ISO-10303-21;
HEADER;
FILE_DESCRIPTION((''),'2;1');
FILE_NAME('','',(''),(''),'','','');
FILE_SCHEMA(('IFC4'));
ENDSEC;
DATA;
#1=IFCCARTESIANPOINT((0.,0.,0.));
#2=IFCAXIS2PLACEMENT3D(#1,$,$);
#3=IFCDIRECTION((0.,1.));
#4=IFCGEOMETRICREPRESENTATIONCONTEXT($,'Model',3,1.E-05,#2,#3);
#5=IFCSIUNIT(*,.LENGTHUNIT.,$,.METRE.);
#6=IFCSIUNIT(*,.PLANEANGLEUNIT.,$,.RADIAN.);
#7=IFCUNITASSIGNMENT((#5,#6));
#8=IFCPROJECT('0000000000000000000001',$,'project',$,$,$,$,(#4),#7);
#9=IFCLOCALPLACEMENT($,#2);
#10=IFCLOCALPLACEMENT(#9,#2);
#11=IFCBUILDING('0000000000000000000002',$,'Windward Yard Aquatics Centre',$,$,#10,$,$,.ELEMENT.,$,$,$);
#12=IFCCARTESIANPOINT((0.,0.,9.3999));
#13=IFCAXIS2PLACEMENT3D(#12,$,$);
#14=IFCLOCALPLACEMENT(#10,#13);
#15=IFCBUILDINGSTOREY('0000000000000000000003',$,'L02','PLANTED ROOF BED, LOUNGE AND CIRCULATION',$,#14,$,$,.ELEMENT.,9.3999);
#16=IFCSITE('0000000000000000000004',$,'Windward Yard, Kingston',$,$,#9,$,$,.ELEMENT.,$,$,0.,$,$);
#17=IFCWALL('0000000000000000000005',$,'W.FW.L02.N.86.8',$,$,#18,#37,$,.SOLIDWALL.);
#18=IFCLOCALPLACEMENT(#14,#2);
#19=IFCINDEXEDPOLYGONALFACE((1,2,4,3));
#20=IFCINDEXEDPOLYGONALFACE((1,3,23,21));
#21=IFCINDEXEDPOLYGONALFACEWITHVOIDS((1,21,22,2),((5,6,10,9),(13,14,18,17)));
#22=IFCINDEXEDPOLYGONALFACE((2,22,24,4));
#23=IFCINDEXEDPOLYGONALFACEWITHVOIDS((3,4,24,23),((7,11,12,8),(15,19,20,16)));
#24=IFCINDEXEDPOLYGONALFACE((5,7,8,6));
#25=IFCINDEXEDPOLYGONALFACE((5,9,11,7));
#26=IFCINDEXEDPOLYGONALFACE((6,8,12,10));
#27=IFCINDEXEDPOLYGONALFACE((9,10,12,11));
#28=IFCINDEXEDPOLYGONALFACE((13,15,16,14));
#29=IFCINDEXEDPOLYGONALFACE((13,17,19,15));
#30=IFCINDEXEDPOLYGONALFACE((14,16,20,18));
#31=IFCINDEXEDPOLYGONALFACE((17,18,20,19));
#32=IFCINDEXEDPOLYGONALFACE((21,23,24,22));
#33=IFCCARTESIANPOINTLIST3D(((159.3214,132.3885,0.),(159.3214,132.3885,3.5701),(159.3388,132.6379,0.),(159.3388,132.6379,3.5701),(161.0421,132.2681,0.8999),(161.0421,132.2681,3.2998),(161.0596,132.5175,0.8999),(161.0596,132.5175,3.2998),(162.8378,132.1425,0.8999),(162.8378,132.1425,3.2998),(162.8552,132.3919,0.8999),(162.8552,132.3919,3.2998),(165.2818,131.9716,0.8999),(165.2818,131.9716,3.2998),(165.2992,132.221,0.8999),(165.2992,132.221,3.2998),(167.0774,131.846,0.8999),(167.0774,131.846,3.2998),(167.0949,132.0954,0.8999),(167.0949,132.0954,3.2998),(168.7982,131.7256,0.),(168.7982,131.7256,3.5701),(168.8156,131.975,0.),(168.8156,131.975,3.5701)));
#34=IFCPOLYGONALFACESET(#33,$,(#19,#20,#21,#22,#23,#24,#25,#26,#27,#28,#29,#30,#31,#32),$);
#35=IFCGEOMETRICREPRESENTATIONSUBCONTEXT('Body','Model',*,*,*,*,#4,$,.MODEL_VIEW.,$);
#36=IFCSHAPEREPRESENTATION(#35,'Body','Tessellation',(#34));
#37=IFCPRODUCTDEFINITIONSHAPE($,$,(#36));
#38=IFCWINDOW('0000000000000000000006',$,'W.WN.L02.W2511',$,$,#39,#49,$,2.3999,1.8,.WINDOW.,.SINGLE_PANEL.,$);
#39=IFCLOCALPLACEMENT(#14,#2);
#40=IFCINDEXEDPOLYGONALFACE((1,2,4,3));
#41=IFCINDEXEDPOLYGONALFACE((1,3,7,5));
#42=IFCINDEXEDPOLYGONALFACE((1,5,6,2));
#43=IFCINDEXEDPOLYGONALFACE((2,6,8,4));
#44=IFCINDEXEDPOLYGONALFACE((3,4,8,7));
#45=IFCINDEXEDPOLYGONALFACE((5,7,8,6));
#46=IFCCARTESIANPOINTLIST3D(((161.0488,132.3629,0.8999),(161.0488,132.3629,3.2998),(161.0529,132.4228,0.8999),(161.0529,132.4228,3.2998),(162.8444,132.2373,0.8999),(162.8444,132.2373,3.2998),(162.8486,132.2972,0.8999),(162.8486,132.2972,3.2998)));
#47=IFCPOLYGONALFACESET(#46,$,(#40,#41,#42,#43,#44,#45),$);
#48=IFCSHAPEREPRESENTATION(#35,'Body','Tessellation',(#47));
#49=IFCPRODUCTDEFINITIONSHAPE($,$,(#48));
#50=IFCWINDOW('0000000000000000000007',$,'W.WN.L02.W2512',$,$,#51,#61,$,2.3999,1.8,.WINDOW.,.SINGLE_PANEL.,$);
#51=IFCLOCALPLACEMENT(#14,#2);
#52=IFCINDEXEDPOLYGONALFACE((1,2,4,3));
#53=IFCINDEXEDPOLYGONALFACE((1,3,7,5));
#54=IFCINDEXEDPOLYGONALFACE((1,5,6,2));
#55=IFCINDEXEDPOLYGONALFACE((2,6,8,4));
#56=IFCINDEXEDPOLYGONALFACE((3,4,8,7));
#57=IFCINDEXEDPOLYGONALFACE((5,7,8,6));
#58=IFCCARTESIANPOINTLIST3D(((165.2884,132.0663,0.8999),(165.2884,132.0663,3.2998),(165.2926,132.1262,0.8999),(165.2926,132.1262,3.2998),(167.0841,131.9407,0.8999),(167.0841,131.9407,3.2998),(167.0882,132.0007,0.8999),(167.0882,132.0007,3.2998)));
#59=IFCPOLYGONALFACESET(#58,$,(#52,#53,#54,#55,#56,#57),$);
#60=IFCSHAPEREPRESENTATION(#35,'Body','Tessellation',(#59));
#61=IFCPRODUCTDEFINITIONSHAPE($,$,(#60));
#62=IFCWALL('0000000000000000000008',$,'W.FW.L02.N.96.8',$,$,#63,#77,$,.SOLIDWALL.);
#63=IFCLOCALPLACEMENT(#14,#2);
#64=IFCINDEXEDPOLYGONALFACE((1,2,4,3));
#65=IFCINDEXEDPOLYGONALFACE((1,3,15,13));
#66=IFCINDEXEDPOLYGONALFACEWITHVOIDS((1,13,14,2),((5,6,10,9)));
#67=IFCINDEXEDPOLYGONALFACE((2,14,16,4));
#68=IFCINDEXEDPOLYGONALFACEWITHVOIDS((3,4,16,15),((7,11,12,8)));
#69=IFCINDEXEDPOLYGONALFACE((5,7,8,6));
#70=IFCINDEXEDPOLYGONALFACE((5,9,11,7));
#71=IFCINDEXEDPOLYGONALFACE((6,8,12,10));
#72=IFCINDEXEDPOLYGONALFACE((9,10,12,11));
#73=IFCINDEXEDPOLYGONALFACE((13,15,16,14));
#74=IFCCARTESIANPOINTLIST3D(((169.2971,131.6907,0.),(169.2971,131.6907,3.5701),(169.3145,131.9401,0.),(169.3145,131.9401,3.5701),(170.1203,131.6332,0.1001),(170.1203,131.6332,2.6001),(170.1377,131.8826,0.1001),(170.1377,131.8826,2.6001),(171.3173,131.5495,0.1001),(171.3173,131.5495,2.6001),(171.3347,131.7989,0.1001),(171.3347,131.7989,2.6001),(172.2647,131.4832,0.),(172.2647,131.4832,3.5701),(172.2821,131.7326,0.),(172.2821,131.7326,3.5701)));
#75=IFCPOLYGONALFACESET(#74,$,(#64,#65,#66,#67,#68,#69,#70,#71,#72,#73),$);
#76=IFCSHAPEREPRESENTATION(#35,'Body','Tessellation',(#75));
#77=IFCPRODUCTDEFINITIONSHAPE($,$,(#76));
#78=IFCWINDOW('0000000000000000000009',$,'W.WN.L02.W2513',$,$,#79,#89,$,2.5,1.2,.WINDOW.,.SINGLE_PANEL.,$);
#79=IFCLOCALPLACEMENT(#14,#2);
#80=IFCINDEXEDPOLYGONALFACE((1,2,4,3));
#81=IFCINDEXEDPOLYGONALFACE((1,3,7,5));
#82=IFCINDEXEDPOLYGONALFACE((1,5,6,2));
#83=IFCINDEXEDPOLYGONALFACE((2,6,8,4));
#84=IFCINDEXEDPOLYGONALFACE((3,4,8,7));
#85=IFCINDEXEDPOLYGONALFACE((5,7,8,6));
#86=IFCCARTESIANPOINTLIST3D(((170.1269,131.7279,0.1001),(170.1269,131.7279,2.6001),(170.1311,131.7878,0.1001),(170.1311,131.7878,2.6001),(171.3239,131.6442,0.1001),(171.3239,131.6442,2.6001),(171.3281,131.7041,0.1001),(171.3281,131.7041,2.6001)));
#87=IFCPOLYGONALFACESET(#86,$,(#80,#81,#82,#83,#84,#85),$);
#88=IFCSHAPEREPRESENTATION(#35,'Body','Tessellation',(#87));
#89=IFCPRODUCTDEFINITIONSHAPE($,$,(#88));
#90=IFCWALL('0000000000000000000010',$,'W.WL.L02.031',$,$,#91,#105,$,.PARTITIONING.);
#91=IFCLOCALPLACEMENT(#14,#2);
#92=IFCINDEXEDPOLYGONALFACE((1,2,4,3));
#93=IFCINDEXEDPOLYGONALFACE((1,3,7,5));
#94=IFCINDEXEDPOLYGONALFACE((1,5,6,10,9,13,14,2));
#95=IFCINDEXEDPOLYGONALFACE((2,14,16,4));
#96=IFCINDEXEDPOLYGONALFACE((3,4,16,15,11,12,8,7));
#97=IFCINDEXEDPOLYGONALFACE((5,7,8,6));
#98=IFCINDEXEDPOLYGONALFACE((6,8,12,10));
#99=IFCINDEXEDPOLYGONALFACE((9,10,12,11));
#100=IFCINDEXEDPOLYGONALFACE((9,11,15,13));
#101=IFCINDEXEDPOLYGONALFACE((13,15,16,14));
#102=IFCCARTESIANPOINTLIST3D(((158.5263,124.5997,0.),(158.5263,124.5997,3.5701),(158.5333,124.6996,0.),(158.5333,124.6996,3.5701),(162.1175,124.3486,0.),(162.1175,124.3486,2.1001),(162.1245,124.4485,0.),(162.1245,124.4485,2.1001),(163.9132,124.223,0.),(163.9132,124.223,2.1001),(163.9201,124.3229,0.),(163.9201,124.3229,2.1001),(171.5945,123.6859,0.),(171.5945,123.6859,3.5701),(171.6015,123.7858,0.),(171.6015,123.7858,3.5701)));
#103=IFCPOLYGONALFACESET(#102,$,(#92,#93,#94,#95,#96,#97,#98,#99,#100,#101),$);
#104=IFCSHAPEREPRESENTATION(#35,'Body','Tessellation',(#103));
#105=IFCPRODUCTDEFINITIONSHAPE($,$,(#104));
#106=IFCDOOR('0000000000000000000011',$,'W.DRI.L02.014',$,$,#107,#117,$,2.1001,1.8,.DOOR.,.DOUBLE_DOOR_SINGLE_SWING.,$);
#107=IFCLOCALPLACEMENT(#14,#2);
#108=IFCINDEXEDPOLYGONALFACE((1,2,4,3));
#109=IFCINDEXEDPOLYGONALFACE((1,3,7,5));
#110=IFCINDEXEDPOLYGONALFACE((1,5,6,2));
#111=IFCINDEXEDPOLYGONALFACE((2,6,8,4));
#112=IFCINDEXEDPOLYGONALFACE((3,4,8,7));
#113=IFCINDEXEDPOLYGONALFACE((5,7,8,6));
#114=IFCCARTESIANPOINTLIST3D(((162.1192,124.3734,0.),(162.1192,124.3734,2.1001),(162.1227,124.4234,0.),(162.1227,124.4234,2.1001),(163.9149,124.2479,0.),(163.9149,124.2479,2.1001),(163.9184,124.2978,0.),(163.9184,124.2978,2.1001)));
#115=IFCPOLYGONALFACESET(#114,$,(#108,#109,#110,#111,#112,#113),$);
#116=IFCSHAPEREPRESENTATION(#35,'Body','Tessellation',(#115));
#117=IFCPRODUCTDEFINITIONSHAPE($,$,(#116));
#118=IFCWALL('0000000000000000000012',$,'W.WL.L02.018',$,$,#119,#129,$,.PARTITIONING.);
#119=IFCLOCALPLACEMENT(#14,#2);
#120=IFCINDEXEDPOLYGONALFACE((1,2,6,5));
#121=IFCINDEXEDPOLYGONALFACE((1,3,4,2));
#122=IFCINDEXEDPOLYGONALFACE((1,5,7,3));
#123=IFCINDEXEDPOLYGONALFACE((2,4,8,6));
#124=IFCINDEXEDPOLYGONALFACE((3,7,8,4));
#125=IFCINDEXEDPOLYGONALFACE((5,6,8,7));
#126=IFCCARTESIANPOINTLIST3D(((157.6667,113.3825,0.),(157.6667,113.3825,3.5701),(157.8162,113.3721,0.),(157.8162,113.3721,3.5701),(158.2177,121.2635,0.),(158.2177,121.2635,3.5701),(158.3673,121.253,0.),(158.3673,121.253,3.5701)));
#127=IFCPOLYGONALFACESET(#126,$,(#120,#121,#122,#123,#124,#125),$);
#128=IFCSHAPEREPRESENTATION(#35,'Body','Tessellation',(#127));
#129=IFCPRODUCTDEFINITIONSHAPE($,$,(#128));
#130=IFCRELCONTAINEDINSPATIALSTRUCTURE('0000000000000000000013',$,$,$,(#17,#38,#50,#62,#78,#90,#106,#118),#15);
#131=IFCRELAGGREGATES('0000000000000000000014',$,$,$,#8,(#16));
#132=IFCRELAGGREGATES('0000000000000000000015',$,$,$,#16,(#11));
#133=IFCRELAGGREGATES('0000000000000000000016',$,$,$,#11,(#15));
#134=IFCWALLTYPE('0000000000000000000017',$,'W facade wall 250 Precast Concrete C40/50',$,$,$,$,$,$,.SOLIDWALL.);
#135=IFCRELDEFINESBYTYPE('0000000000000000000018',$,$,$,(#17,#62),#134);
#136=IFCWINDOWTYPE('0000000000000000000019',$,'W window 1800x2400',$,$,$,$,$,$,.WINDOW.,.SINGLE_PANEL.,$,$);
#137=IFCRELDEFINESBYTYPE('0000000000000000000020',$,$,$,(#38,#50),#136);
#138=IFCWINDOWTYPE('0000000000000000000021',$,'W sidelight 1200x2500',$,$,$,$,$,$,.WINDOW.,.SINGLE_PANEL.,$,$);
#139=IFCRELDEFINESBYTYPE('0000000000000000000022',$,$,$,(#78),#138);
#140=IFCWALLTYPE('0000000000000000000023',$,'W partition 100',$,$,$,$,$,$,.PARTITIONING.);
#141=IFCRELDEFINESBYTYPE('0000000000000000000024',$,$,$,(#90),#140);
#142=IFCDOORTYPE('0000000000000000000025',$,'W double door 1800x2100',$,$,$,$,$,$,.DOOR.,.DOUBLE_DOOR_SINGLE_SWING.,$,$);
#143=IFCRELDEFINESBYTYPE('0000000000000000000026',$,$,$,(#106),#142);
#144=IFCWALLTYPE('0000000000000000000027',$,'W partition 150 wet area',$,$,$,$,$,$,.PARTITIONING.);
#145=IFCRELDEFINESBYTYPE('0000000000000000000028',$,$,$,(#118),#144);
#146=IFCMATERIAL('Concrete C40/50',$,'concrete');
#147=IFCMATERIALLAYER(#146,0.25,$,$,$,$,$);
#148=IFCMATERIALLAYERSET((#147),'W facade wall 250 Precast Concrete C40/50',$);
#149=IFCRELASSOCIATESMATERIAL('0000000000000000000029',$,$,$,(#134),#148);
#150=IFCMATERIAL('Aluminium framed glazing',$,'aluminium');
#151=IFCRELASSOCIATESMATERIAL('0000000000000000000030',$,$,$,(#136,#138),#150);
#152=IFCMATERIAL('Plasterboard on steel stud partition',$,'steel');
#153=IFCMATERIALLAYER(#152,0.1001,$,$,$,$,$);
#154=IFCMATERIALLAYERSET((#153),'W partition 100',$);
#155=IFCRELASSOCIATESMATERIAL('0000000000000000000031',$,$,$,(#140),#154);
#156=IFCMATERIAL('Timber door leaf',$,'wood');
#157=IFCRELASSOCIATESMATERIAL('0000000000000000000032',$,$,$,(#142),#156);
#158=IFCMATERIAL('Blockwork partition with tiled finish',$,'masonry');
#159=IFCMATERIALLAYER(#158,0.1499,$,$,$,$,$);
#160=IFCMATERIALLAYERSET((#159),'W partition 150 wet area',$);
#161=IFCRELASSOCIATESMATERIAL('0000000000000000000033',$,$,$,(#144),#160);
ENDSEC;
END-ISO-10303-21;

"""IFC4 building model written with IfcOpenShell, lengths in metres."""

from ifc_helpers import new_model, si_unit, direction, frame, frame_2d, origin, place, context, subcontext, project, spatial, rectangle, extrude, material, layer, layer_set, type_object, element, fill, save


model = new_model("IFC4")

# Units and contexts
model_context = context("Model", 3, precision=1e-05, world=origin(), true_north=direction((0.0, 1.0)))
body_context = subcontext(model_context, "Body", "Model", "MODEL_VIEW")
ifc_project = project(units=[si_unit("LENGTHUNIT", "METRE"), si_unit("PLANEANGLEUNIT", "RADIAN")], contexts=[model_context])

# Site, building, storey
site_placement = place(None, origin())
site = spatial("IfcSite", under=ifc_project, at=site_placement, Name="Windward Yard, Kingston", CompositionType="ELEMENT", RefElevation=0.0)
building_placement = place(site_placement, origin())
building = spatial("IfcBuilding", under=site, at=building_placement, Name="Windward Yard Aquatics Centre", CompositionType="ELEMENT")
storey_placement = place(building_placement, frame((0.0, 0.0, 9.3999)))
storey = spatial("IfcBuildingStorey", under=building, at=storey_placement, Name="L02", Description="PLANTED ROOF BED, LOUNGE AND CIRCULATION", CompositionType="ELEMENT", Elevation=9.3999)

# Shared definitions
ifc_material_1 = material(Name="Concrete C40/50", Category="concrete")

# Wall, openings, windows
ifc_layer_1 = layer(ifc_material_1, 0.25)
ifc_layer_set_1 = layer_set([ifc_layer_1], Name="W facade wall 250 Precast Concrete C40/50")
wall_type_1 = type_object("IfcWallType", Name="W facade wall 250 Precast Concrete C40/50", PredefinedType="SOLIDWALL", material=ifc_layer_set_1)
wall_1_placement = place(storey_placement, frame((159.3301, 132.5132, 0.0), z_axis=(0.0, 0.0, 1.0), x_axis=(0.997563, -0.069773, 0.0)))
wall_1 = element("IfcWall", 1, at=wall_1_placement, inside=storey, type_object=wall_type_1, Name="W.FW.L02.N.86.8", PredefinedType="SOLIDWALL", context=body_context, shape_type="SweptSolid", body=[
    extrude(rectangle(XDim=9.5, YDim=0.25, at=frame_2d((4.75, 0.0))), origin(), (0.0, 0.0, 1.0), 3.5701),
])
opening_1_placement = place(wall_1_placement, frame((1.7251, 0.0, 0.8999)))
opening_1 = element("IfcOpeningElement", 2, at=opening_1_placement, cuts=wall_1, PredefinedType="OPENING", context=body_context, shape_type="SweptSolid", body=[
    extrude(rectangle(XDim=1.8, YDim=2.3999, at=frame_2d((0.8999, 1.2))), frame((0.0, 0.135, 0.0), z_axis=(0.0, -1.0, 0.0), x_axis=(1.0, 0.0, 0.0)), (0.0, 0.0, 1.0), 0.27),
])
opening_2_placement = place(wall_1_placement, frame((5.9751, 0.0, 0.8999)))
opening_2 = element("IfcOpeningElement", 3, at=opening_2_placement, cuts=wall_1, PredefinedType="OPENING", context=body_context, shape_type="SweptSolid", body=[
    extrude(rectangle(XDim=1.8, YDim=2.3999, at=frame_2d((0.8999, 1.2))), frame((0.0, 0.135, 0.0), z_axis=(0.0, -1.0, 0.0), x_axis=(1.0, 0.0, 0.0)), (0.0, 0.0, 1.0), 0.27),
])
ifc_material_2 = material(Name="Aluminium framed glazing", Category="aluminium")
window_type_1 = type_object("IfcWindowType", Name="W window 1800x2400", PartitioningType="SINGLE_PANEL", PredefinedType="WINDOW", material=ifc_material_2)
window_1_placement = place(opening_1_placement, origin())
window_1 = element("IfcWindow", 4, at=window_1_placement, inside=storey, type_object=window_type_1, Name="W.WN.L02.W2511", OverallHeight=2.3999, OverallWidth=1.8, PartitioningType="SINGLE_PANEL", PredefinedType="WINDOW", context=body_context, shape_type="SweptSolid", body=[
    extrude(rectangle(XDim=1.8, YDim=2.3999, at=frame_2d((0.8999, 1.2))), frame((0.0, 0.03, 0.0), z_axis=(0.0, -1.0, 0.0), x_axis=(1.0, 0.0, 0.0)), (0.0, 0.0, 1.0), 0.0601),
])
fill(opening_1, window_1)
window_2_placement = place(opening_2_placement, origin())
window_2 = element("IfcWindow", 5, at=window_2_placement, inside=storey, type_object=window_type_1, Name="W.WN.L02.W2512", OverallHeight=2.3999, OverallWidth=1.8, PartitioningType="SINGLE_PANEL", PredefinedType="WINDOW", context=body_context, shape_type="SweptSolid", body=[
    extrude(rectangle(XDim=1.8, YDim=2.3999, at=frame_2d((0.8999, 1.2))), frame((0.0, 0.03, 0.0), z_axis=(0.0, -1.0, 0.0), x_axis=(1.0, 0.0, 0.0)), (0.0, 0.0, 1.0), 0.0601),
])
fill(opening_2, window_2)

# Wall, opening, window
wall_2_placement = place(storey_placement, frame((169.3059, 131.8154, 0.0), z_axis=(0.0, 0.0, 1.0), x_axis=(0.997564, -0.06976, 0.0)))
wall_2 = element("IfcWall", 6, at=wall_2_placement, inside=storey, type_object=wall_type_1, Name="W.FW.L02.N.96.8", PredefinedType="SOLIDWALL", context=body_context, shape_type="SweptSolid", body=[
    extrude(rectangle(XDim=2.9749, YDim=0.25, at=frame_2d((1.4873, 0.0))), origin(), (0.0, 0.0, 1.0), 3.5701),
])
opening_3_placement = place(wall_2_placement, frame((0.825, 0.0, 0.1001)))
opening_3 = element("IfcOpeningElement", 7, at=opening_3_placement, cuts=wall_2, PredefinedType="OPENING", context=body_context, shape_type="SweptSolid", body=[
    extrude(rectangle(XDim=1.2, YDim=2.5, at=frame_2d((0.6001, 1.25))), frame((0.0, 0.135, 0.0), z_axis=(0.0, -1.0, 0.0), x_axis=(1.0, 0.0, 0.0)), (0.0, 0.0, 1.0), 0.27),
])
window_type_2 = type_object("IfcWindowType", Name="W sidelight 1200x2500", PartitioningType="SINGLE_PANEL", PredefinedType="WINDOW", material=ifc_material_2)
window_3_placement = place(opening_3_placement, origin())
window_3 = element("IfcWindow", 8, at=window_3_placement, inside=storey, type_object=window_type_2, Name="W.WN.L02.W2513", OverallHeight=2.5, OverallWidth=1.2, PartitioningType="SINGLE_PANEL", PredefinedType="WINDOW", context=body_context, shape_type="SweptSolid", body=[
    extrude(rectangle(XDim=1.2, YDim=2.5, at=frame_2d((0.6001, 1.25))), frame((0.0, 0.03, 0.0), z_axis=(0.0, -1.0, 0.0), x_axis=(1.0, 0.0, 0.0)), (0.0, 0.0, 1.0), 0.0601),
])
fill(opening_3, window_3)

# Wall, opening, door
ifc_material_3 = material(Name="Plasterboard on steel stud partition", Category="steel")
ifc_layer_2 = layer(ifc_material_3, 0.1001)
ifc_layer_set_2 = layer_set([ifc_layer_2], Name="W partition 100")
wall_type_2 = type_object("IfcWallType", Name="W partition 100", PredefinedType="PARTITIONING", material=ifc_layer_set_2)
wall_3_placement = place(storey_placement, frame((158.5298, 124.6497, 0.0), z_axis=(0.0, 0.0, 1.0), x_axis=(0.997564, -0.069757, 0.0)))
wall_3 = element("IfcWall", 9, at=wall_3_placement, inside=storey, type_object=wall_type_2, Name="W.WL.L02.031", PredefinedType="PARTITIONING", context=body_context, shape_type="SweptSolid", body=[
    extrude(rectangle(XDim=13.1001, YDim=0.1001, at=frame_2d((6.55, 0.0))), origin(), (0.0, 0.0, 1.0), 3.5701),
])
opening_4_placement = place(wall_3_placement, frame((3.6001, 0.0, 0.0)))
opening_4 = element("IfcOpeningElement", 10, at=opening_4_placement, cuts=wall_3, PredefinedType="OPENING", context=body_context, shape_type="SweptSolid", body=[
    extrude(rectangle(XDim=1.8, YDim=2.1001, at=frame_2d((0.8999, 1.05))), frame((0.0, 0.0601, 0.0), z_axis=(0.0, -1.0, 0.0), x_axis=(1.0, 0.0, 0.0)), (0.0, 0.0, 1.0), 0.1201),
])
ifc_material_4 = material(Name="Timber door leaf", Category="wood")
door_type = type_object("IfcDoorType", Name="W double door 1800x2100", OperationType="DOUBLE_DOOR_SINGLE_SWING", PredefinedType="DOOR", material=ifc_material_4)
door_placement = place(opening_4_placement, origin())
door = element("IfcDoor", 11, at=door_placement, inside=storey, type_object=door_type, Name="W.DRI.L02.014", OperationType="DOUBLE_DOOR_SINGLE_SWING", OverallHeight=2.1001, OverallWidth=1.8, PredefinedType="DOOR", context=body_context, shape_type="SweptSolid", body=[
    extrude(rectangle(XDim=1.8, YDim=2.1001, at=frame_2d((0.8999, 1.05))), frame((0.0, 0.0249, 0.0), z_axis=(0.0, -1.0, 0.0), x_axis=(1.0, 0.0, 0.0)), (0.0, 0.0, 1.0), 0.05),
])
fill(opening_4, door)

# Wall
ifc_material_5 = material(Name="Blockwork partition with tiled finish", Category="masonry")
ifc_layer_3 = layer(ifc_material_5, 0.1499)
ifc_layer_set_3 = layer_set([ifc_layer_3], Name="W partition 150 wet area")
wall_type_3 = type_object("IfcWallType", Name="W partition 150 wet area", PredefinedType="PARTITIONING", material=ifc_layer_set_3)
wall_4_placement = place(storey_placement, frame((157.7415, 113.3772, 0.0), z_axis=(0.0, 0.0, 1.0), x_axis=(0.069749, 0.997565, 0.0)))
element("IfcWall", 12, at=wall_4_placement, inside=storey, type_object=wall_type_3, Name="W.WL.L02.018", PredefinedType="PARTITIONING", context=body_context, shape_type="SweptSolid", body=[
    extrude(rectangle(XDim=7.9001, YDim=0.1499, at=frame_2d((3.9502, 0.0))), origin(), (0.0, 0.0, 1.0), 3.5701),
])

save(model, "model.ifc")
